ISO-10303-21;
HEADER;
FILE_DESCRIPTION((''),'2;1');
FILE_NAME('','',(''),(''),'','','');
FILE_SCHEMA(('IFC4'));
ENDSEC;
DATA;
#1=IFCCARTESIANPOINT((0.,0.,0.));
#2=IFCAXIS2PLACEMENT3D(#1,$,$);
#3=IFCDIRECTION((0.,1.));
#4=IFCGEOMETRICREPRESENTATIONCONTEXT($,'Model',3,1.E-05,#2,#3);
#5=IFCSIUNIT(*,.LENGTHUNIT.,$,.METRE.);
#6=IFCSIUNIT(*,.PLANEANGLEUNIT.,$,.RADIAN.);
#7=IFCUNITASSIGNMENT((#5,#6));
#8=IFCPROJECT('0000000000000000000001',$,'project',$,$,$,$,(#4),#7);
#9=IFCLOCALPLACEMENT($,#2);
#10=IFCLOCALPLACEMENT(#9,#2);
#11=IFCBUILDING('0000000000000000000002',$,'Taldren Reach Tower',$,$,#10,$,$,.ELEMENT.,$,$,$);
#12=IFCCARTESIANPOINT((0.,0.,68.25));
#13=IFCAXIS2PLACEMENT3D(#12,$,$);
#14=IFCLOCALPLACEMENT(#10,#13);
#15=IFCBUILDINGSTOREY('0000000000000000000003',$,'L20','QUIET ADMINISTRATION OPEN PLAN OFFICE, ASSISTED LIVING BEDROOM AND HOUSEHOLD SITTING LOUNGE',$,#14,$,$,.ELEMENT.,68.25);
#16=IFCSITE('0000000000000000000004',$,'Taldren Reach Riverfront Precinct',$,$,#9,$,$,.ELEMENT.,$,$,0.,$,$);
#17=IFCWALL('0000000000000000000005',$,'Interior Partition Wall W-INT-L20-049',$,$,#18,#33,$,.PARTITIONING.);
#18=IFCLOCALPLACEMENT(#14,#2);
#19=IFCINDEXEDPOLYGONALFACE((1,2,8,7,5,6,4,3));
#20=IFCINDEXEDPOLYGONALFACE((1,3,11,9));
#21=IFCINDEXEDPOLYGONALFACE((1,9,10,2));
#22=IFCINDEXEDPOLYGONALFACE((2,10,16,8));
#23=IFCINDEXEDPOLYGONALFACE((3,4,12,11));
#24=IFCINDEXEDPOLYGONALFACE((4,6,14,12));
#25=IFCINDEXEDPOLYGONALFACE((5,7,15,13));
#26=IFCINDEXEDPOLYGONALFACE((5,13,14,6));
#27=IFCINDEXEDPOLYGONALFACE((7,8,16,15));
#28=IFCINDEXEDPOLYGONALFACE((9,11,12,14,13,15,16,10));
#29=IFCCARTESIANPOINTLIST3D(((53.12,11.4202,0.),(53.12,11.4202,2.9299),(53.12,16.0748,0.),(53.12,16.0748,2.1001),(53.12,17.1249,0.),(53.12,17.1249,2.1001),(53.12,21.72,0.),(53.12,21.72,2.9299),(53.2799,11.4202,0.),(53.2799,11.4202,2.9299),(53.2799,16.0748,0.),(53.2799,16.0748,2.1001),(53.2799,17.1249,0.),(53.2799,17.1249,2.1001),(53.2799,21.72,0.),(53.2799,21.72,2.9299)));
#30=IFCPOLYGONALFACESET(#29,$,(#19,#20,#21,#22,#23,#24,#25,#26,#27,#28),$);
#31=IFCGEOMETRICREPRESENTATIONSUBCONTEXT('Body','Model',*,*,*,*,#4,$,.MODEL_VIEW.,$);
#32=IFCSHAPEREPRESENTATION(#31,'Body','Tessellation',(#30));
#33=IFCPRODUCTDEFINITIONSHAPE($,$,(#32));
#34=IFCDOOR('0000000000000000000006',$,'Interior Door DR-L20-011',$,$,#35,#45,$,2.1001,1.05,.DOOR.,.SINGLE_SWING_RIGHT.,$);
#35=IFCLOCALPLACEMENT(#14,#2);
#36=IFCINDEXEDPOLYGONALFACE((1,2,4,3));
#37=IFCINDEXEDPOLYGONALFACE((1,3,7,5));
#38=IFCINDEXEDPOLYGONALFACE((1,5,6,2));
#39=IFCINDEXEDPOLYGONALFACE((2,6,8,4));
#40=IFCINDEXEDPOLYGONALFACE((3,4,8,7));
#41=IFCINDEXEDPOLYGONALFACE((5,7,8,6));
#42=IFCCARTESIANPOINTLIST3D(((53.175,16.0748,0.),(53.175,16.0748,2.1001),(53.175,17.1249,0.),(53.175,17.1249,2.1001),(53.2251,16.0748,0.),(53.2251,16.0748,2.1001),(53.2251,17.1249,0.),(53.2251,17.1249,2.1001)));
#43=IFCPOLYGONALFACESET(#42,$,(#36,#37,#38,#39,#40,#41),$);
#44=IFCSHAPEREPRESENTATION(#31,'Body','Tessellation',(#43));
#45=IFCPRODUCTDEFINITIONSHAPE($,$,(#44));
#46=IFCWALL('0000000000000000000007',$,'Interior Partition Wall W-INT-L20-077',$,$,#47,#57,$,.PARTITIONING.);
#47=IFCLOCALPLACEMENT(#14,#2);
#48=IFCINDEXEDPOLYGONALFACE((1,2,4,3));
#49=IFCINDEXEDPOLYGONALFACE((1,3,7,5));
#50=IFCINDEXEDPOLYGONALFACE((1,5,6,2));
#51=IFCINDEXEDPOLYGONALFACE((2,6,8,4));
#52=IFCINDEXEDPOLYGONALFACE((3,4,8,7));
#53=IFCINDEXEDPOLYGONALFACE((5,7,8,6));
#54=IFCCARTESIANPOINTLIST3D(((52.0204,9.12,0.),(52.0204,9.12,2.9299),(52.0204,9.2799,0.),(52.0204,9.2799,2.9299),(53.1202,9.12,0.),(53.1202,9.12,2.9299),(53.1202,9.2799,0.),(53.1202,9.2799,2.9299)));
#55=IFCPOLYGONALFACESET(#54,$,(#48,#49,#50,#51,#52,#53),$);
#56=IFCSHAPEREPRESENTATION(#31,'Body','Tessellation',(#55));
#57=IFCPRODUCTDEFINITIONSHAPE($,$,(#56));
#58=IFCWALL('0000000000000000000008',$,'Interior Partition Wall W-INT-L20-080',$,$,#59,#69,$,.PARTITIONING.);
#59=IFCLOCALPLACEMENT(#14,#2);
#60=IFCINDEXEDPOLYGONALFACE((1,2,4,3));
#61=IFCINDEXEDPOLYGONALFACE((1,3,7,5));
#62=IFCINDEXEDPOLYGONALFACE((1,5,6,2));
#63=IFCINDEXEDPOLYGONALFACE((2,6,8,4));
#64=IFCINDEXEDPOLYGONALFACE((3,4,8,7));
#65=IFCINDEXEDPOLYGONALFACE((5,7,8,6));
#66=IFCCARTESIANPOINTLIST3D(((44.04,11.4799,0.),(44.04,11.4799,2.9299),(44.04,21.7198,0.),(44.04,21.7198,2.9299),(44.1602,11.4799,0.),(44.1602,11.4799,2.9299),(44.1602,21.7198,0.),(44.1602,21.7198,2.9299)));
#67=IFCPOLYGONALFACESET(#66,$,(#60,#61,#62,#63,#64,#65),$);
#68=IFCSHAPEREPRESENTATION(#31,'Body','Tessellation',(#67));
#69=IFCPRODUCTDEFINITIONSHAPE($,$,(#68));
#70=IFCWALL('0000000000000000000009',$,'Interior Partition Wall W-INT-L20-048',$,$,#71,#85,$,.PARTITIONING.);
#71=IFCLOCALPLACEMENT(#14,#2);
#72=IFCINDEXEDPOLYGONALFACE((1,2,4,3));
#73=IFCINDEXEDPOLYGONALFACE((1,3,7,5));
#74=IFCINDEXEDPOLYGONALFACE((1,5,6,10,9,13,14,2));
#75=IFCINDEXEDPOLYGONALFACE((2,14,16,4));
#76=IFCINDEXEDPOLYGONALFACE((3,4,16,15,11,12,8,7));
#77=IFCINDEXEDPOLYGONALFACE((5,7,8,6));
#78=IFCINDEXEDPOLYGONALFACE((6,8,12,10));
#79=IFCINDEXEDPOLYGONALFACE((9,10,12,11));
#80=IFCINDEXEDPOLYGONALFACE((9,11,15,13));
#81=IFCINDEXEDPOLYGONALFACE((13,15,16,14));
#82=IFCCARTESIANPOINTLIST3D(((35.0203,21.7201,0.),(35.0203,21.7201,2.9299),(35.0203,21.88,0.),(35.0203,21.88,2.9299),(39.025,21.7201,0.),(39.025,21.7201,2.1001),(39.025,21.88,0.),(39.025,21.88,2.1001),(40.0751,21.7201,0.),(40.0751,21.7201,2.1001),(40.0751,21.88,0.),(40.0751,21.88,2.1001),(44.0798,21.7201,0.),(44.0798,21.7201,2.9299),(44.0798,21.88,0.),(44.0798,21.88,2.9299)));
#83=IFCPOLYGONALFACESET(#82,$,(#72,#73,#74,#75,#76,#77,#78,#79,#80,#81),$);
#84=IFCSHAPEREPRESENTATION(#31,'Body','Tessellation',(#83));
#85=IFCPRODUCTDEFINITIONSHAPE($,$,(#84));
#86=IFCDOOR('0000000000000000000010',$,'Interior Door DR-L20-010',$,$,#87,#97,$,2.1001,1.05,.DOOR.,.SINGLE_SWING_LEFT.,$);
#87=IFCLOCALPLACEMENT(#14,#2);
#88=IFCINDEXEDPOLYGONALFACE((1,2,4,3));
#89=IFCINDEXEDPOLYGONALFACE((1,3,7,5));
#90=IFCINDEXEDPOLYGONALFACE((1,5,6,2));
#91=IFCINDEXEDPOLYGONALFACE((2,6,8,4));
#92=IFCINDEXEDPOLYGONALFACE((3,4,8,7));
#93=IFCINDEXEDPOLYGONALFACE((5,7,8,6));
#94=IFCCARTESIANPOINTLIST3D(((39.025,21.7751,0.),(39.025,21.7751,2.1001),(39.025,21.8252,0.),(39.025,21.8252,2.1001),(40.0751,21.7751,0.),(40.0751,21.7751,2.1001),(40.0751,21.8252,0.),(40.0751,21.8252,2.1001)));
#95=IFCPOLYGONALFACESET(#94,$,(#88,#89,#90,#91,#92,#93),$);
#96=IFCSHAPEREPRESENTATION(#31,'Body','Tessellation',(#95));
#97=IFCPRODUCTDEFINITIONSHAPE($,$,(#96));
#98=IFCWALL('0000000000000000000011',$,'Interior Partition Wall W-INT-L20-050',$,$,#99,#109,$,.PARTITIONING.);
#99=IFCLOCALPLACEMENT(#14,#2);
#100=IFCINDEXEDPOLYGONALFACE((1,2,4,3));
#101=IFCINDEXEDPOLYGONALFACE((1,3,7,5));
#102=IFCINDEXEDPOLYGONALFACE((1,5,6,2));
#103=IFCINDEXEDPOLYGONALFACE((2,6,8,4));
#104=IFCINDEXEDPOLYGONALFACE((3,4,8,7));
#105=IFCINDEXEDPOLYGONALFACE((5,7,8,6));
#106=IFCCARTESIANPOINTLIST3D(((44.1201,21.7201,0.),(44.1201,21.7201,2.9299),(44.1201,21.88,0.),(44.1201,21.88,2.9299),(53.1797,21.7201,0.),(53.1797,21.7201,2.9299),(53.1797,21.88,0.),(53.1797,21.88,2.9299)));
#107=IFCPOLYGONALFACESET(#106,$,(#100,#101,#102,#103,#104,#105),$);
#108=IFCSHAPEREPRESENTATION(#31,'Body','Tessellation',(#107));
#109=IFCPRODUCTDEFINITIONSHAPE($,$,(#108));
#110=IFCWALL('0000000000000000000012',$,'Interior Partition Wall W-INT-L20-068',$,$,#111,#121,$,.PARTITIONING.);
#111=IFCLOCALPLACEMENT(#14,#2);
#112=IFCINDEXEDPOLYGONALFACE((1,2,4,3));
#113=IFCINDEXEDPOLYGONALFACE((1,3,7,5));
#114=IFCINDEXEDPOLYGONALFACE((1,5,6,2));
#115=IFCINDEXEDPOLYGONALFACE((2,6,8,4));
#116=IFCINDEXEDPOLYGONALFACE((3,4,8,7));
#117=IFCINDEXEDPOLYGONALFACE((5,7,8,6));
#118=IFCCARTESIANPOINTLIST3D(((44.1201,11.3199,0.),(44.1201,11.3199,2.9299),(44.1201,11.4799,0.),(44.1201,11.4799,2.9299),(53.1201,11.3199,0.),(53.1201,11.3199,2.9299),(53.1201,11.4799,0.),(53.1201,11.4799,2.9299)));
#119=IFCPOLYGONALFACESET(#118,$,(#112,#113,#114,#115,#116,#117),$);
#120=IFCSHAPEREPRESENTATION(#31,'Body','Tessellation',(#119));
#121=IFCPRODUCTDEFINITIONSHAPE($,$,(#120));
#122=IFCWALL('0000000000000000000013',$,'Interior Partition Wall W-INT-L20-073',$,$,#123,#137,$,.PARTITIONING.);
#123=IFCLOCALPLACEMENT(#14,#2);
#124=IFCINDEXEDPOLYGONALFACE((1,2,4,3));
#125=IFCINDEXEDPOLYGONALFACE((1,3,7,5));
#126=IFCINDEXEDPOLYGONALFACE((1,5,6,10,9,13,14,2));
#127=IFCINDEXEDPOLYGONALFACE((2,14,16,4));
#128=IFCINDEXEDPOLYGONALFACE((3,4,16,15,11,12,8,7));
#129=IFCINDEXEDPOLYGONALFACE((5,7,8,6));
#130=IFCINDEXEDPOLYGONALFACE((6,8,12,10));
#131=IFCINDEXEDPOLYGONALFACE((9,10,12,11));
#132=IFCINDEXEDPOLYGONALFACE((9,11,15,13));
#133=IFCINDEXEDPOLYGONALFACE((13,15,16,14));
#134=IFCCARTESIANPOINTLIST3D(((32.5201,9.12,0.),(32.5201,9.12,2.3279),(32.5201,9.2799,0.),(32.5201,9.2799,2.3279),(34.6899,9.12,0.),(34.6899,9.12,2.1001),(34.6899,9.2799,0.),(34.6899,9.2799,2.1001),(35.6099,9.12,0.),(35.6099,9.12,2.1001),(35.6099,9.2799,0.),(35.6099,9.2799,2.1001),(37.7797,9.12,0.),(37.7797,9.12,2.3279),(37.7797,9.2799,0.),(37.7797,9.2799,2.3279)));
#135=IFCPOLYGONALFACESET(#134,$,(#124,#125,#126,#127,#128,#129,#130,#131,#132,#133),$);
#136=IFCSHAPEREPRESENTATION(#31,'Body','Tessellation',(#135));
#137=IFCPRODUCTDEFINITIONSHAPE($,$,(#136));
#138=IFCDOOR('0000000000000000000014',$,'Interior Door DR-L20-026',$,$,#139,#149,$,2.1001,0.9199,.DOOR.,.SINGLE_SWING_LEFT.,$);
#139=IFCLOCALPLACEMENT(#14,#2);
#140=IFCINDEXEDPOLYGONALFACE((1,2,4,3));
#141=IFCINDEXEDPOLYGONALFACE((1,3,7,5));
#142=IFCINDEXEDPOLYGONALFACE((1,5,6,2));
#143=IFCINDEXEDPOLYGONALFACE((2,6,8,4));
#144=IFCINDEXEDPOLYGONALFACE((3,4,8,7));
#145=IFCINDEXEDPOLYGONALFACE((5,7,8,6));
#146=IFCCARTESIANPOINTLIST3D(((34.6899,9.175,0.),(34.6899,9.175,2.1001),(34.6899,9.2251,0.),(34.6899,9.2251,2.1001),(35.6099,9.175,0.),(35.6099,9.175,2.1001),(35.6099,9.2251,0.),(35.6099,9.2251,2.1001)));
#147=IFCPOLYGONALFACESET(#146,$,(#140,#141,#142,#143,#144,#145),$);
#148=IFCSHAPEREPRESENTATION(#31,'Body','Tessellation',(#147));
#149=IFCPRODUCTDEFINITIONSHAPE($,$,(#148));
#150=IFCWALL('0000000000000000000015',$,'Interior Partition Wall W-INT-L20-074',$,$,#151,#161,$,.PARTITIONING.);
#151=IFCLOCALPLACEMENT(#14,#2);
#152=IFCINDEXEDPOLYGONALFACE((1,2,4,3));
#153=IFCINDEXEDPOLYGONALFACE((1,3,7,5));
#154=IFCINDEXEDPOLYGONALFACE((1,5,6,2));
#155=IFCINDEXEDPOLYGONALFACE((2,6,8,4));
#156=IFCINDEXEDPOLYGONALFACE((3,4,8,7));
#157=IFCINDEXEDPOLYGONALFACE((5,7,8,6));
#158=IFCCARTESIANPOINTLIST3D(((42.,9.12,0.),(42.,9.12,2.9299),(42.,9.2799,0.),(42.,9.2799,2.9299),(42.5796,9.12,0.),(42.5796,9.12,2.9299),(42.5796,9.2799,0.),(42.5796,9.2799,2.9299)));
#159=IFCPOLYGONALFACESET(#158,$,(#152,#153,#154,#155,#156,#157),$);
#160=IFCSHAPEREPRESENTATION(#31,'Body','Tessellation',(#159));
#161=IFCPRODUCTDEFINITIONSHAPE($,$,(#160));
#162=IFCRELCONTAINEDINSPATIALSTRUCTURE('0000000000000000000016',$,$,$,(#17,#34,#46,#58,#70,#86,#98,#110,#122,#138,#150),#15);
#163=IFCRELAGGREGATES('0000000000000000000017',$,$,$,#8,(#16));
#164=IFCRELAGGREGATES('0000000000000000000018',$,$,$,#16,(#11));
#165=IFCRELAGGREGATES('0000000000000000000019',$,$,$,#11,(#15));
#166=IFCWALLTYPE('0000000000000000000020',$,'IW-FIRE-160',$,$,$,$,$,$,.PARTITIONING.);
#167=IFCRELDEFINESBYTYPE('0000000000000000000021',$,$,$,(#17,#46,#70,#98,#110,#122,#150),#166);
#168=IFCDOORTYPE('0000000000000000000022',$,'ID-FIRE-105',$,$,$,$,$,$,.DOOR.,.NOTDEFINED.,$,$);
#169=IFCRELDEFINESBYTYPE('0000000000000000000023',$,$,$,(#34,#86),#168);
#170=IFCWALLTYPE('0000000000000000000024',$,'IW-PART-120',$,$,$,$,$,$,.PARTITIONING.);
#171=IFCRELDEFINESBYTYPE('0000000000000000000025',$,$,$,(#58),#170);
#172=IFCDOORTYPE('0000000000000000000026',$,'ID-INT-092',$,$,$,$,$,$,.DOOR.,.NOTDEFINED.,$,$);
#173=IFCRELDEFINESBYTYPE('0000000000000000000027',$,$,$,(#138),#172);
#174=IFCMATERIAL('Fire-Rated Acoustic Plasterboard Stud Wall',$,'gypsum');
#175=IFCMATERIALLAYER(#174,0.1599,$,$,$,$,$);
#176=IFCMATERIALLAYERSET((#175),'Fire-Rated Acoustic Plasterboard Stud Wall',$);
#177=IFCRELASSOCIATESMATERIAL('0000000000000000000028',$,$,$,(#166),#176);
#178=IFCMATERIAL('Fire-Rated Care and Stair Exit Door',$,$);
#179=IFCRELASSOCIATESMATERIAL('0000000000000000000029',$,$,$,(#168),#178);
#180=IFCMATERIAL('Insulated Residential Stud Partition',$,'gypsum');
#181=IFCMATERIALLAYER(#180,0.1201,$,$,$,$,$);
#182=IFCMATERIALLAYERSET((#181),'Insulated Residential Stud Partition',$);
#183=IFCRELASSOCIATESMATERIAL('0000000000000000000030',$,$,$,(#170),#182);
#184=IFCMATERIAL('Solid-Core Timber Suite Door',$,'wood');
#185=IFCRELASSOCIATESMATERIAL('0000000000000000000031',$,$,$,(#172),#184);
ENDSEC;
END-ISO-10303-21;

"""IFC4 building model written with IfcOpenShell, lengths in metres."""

from ifc_helpers import new_model, si_unit, direction, frame, frame_2d, origin, place, context, subcontext, project, spatial, rectangle, extrude, source, transform, mapped, material, layer, layer_set, type_object, element, fill, save


model = new_model("IFC4")

# Units and contexts
model_context = context("Model", 3, precision=1e-05, world=origin(), true_north=direction((0.0, 1.0)))
body_context = subcontext(model_context, "Body", "Model", "MODEL_VIEW")
ifc_project = project(units=[si_unit("LENGTHUNIT", "METRE"), si_unit("PLANEANGLEUNIT", "RADIAN")], contexts=[model_context])

# Site, building, storey
site_placement = place(None, origin())
site = spatial("IfcSite", under=ifc_project, at=site_placement, Name="Taldren Reach Riverfront Precinct", CompositionType="ELEMENT", RefElevation=0.0)
building_placement = place(site_placement, origin())
building = spatial("IfcBuilding", under=site, at=building_placement, Name="Taldren Reach Tower", CompositionType="ELEMENT")
storey_placement = place(building_placement, frame((0.0, 0.0, 68.25)))
storey = spatial("IfcBuildingStorey", under=building, at=storey_placement, Name="L20", Description="QUIET ADMINISTRATION OPEN PLAN OFFICE, ASSISTED LIVING BEDROOM AND HOUSEHOLD SITTING LOUNGE", CompositionType="ELEMENT", Elevation=68.25)

# Wall, opening, door
ifc_material_1 = material(Name="Fire-Rated Acoustic Plasterboard Stud Wall", Category="gypsum")
ifc_layer_1 = layer(ifc_material_1, 0.1599)
ifc_layer_set_1 = layer_set([ifc_layer_1], Name="Fire-Rated Acoustic Plasterboard Stud Wall")
wall_type_1 = type_object("IfcWallType", Name="IW-FIRE-160", PredefinedType="PARTITIONING", material=ifc_layer_set_1)
shared_shape_1 = source(origin(), body_context, "Body", "SweptSolid", [
    extrude(rectangle(XDim=10.2998, YDim=0.1599, at=frame_2d((5.1499, 0.0))), origin(), (0.0, 0.0, 1.0), 2.9299),
])
wall_1_placement = place(storey_placement, frame((53.2, 11.4202, 0.0), z_axis=(0.0, 0.0, 1.0), x_axis=(0.0, 1.0, 0.0)))
wall_1 = element("IfcWall", 1, at=wall_1_placement, inside=storey, type_object=wall_type_1, Name="Interior Partition Wall W-INT-L20-049", PredefinedType="PARTITIONING", context=body_context, shape_type="MappedRepresentation", body=[
    mapped(shared_shape_1, transform((0.0, 0.0, 0.0), scale=1.0)),
])
shared_shape_2 = source(origin(), body_context, "Body", "SweptSolid", [
    extrude(rectangle(XDim=1.05, YDim=2.1001, at=frame_2d((0.5249, 1.05))), frame((0.0, 0.0898, 0.0), z_axis=(0.0, -1.0, 0.0), x_axis=(1.0, 0.0, 0.0)), (0.0, 0.0, 1.0), 0.1799),
])
opening_1_placement = place(wall_1_placement, frame((4.6548, 0.0, 0.0)))
opening_1 = element("IfcOpeningElement", 2, at=opening_1_placement, cuts=wall_1, PredefinedType="OPENING", context=body_context, shape_type="MappedRepresentation", body=[
    mapped(shared_shape_2, transform((0.0, 0.0, 0.0), scale=1.0)),
])
ifc_material_2 = material(Name="Fire-Rated Care and Stair Exit Door")
door_type_1 = type_object("IfcDoorType", Name="ID-FIRE-105", OperationType="NOTDEFINED", PredefinedType="DOOR", material=ifc_material_2)
shared_shape_3 = source(origin(), body_context, "Body", "SweptSolid", [
    extrude(rectangle(XDim=1.05, YDim=2.1001, at=frame_2d((0.5249, 1.05))), frame((0.0, 0.0249, 0.0), z_axis=(0.0, -1.0, 0.0), x_axis=(1.0, 0.0, 0.0)), (0.0, 0.0, 1.0), 0.05),
])
door_1_placement = place(opening_1_placement, origin())
door_1 = element("IfcDoor", 3, at=door_1_placement, inside=storey, type_object=door_type_1, Name="Interior Door DR-L20-011", OperationType="SINGLE_SWING_RIGHT", OverallHeight=2.1001, OverallWidth=1.05, PredefinedType="DOOR", context=body_context, shape_type="MappedRepresentation", body=[
    mapped(shared_shape_3, transform((0.0, 0.0, 0.0), scale=1.0)),
])
fill(opening_1, door_1)

# Walls
shared_shape_4 = source(origin(), body_context, "Body", "SweptSolid", [
    extrude(rectangle(XDim=1.0999, YDim=0.1599, at=frame_2d((0.5498, 0.0))), origin(), (0.0, 0.0, 1.0), 2.9299),
])
wall_2_placement = place(storey_placement, frame((53.1201, 9.2, 0.0), z_axis=(0.0, 0.0, 1.0), x_axis=(-1.0, 0.0, 0.0)))
element("IfcWall", 4, at=wall_2_placement, inside=storey, type_object=wall_type_1, Name="Interior Partition Wall W-INT-L20-077", PredefinedType="PARTITIONING", context=body_context, shape_type="MappedRepresentation", body=[
    mapped(shared_shape_4, transform((0.0, 0.0, 0.0), scale=1.0)),
])
ifc_material_3 = material(Name="Insulated Residential Stud Partition", Category="gypsum")
ifc_layer_2 = layer(ifc_material_3, 0.1201)
ifc_layer_set_2 = layer_set([ifc_layer_2], Name="Insulated Residential Stud Partition")
wall_type_2 = type_object("IfcWallType", Name="IW-PART-120", PredefinedType="PARTITIONING", material=ifc_layer_set_2)
shared_shape_5 = source(origin(), body_context, "Body", "SweptSolid", [
    extrude(rectangle(XDim=10.24, YDim=0.1201, at=frame_2d((5.1201, 0.0))), origin(), (0.0, 0.0, 1.0), 2.9299),
])
wall_3_placement = place(storey_placement, frame((44.1001, 21.72, 0.0), z_axis=(0.0, 0.0, 1.0), x_axis=(0.0, -1.0, 0.0)))
element("IfcWall", 5, at=wall_3_placement, inside=storey, type_object=wall_type_2, Name="Interior Partition Wall W-INT-L20-080", PredefinedType="PARTITIONING", context=body_context, shape_type="MappedRepresentation", body=[
    mapped(shared_shape_5, transform((0.0, 0.0, 0.0), scale=1.0)),
])

# Wall, opening, door
shared_shape_6 = source(origin(), body_context, "Body", "SweptSolid", [
    extrude(rectangle(XDim=9.0596, YDim=0.1599, at=frame_2d((4.5298, 0.0))), origin(), (0.0, 0.0, 1.0), 2.9299),
])
wall_4_placement = place(storey_placement, frame((44.0798, 21.8, 0.0), z_axis=(0.0, 0.0, 1.0), x_axis=(-1.0, 0.0, 0.0)))
wall_4 = element("IfcWall", 6, at=wall_4_placement, inside=storey, type_object=wall_type_1, Name="Interior Partition Wall W-INT-L20-048", PredefinedType="PARTITIONING", context=body_context, shape_type="MappedRepresentation", body=[
    mapped(shared_shape_6, transform((0.0, 0.0, 0.0), scale=1.0)),
])
opening_2_placement = place(wall_4_placement, frame((4.0049, 0.0, 0.0)))
opening_2 = element("IfcOpeningElement", 7, at=opening_2_placement, cuts=wall_4, PredefinedType="OPENING", context=body_context, shape_type="MappedRepresentation", body=[
    mapped(shared_shape_2, transform((0.0, 0.0, 0.0), scale=1.0)),
])
door_2_placement = place(opening_2_placement, origin())
door_2 = element("IfcDoor", 8, at=door_2_placement, inside=storey, type_object=door_type_1, Name="Interior Door DR-L20-010", OperationType="SINGLE_SWING_LEFT", OverallHeight=2.1001, OverallWidth=1.05, PredefinedType="DOOR", context=body_context, shape_type="MappedRepresentation", body=[
    mapped(shared_shape_3, transform((0.0, 0.0, 0.0), scale=1.0)),
])
fill(opening_2, door_2)

# Walls
wall_5_placement = place(storey_placement, frame((53.1797, 21.8, 0.0), z_axis=(0.0, 0.0, 1.0), x_axis=(-1.0, 0.0, 0.0)))
element("IfcWall", 9, at=wall_5_placement, inside=storey, type_object=wall_type_1, Name="Interior Partition Wall W-INT-L20-050", PredefinedType="PARTITIONING", context=body_context, shape_type="MappedRepresentation", body=[
    mapped(shared_shape_6, transform((0.0, 0.0, 0.0), scale=1.0)),
])
shared_shape_7 = source(origin(), body_context, "Body", "SweptSolid", [
    extrude(rectangle(XDim=9.0, YDim=0.1599, at=frame_2d((4.5, 0.0))), origin(), (0.0, 0.0, 1.0), 2.9299),
])
wall_6_placement = place(storey_placement, frame((44.1201, 11.3999, 0.0), z_axis=(0.0, 0.0, 1.0), x_axis=(1.0, 0.0, 0.0)))
element("IfcWall", 10, at=wall_6_placement, inside=storey, type_object=wall_type_1, Name="Interior Partition Wall W-INT-L20-068", PredefinedType="PARTITIONING", context=body_context, shape_type="MappedRepresentation", body=[
    mapped(shared_shape_7, transform((0.0, 0.0, 0.0), scale=1.0)),
])

# Wall, opening, door
shared_shape_8 = source(origin(), body_context, "Body", "SweptSolid", [
    extrude(rectangle(XDim=5.2595, YDim=0.1599, at=frame_2d((2.6299, 0.0))), origin(), (0.0, 0.0, 1.0), 2.3279),
])
wall_7_placement = place(storey_placement, frame((37.7798, 9.2, 0.0), z_axis=(0.0, 0.0, 1.0), x_axis=(-1.0, 0.0, 0.0)))
wall_7 = element("IfcWall", 11, at=wall_7_placement, inside=storey, type_object=wall_type_1, Name="Interior Partition Wall W-INT-L20-073", PredefinedType="PARTITIONING", context=body_context, shape_type="MappedRepresentation", body=[
    mapped(shared_shape_8, transform((0.0, 0.0, 0.0), scale=1.0)),
])
shared_shape_9 = source(origin(), body_context, "Body", "SweptSolid", [
    extrude(rectangle(XDim=0.9199, YDim=2.1001, at=frame_2d((0.46, 1.05))), frame((0.0, 0.0898, 0.0), z_axis=(0.0, -1.0, 0.0), x_axis=(1.0, 0.0, 0.0)), (0.0, 0.0, 1.0), 0.1799),
])
opening_3_placement = place(wall_7_placement, frame((2.1699, 0.0, 0.0)))
opening_3 = element("IfcOpeningElement", 12, at=opening_3_placement, cuts=wall_7, PredefinedType="OPENING", context=body_context, shape_type="MappedRepresentation", body=[
    mapped(shared_shape_9, transform((0.0, 0.0, 0.0), scale=1.0)),
])
ifc_material_4 = material(Name="Solid-Core Timber Suite Door", Category="wood")
door_type_2 = type_object("IfcDoorType", Name="ID-INT-092", OperationType="NOTDEFINED", PredefinedType="DOOR", material=ifc_material_4)
shared_shape_10 = source(origin(), body_context, "Body", "SweptSolid", [
    extrude(rectangle(XDim=0.9199, YDim=2.1001, at=frame_2d((0.46, 1.05))), frame((0.0, 0.0249, 0.0), z_axis=(0.0, -1.0, 0.0), x_axis=(1.0, 0.0, 0.0)), (0.0, 0.0, 1.0), 0.05),
])
door_3_placement = place(opening_3_placement, origin())
door_3 = element("IfcDoor", 13, at=door_3_placement, inside=storey, type_object=door_type_2, Name="Interior Door DR-L20-026", OperationType="SINGLE_SWING_LEFT", OverallHeight=2.1001, OverallWidth=0.9199, PredefinedType="DOOR", context=body_context, shape_type="MappedRepresentation", body=[
    mapped(shared_shape_10, transform((0.0, 0.0, 0.0), scale=1.0)),
])
fill(opening_3, door_3)

# Wall
shared_shape_11 = source(origin(), body_context, "Body", "SweptSolid", [
    extrude(rectangle(XDim=0.5796, YDim=0.1599, at=frame_2d((0.2898, 0.0))), origin(), (0.0, 0.0, 1.0), 2.9299),
])
wall_8_placement = place(storey_placement, frame((42.5796, 9.2, 0.0), z_axis=(0.0, 0.0, 1.0), x_axis=(-1.0, 0.0, 0.0)))
element("IfcWall", 14, at=wall_8_placement, inside=storey, type_object=wall_type_1, Name="Interior Partition Wall W-INT-L20-074", PredefinedType="PARTITIONING", context=body_context, shape_type="MappedRepresentation", body=[
    mapped(shared_shape_11, transform((0.0, 0.0, 0.0), scale=1.0)),
])

save(model, "model.ifc")
